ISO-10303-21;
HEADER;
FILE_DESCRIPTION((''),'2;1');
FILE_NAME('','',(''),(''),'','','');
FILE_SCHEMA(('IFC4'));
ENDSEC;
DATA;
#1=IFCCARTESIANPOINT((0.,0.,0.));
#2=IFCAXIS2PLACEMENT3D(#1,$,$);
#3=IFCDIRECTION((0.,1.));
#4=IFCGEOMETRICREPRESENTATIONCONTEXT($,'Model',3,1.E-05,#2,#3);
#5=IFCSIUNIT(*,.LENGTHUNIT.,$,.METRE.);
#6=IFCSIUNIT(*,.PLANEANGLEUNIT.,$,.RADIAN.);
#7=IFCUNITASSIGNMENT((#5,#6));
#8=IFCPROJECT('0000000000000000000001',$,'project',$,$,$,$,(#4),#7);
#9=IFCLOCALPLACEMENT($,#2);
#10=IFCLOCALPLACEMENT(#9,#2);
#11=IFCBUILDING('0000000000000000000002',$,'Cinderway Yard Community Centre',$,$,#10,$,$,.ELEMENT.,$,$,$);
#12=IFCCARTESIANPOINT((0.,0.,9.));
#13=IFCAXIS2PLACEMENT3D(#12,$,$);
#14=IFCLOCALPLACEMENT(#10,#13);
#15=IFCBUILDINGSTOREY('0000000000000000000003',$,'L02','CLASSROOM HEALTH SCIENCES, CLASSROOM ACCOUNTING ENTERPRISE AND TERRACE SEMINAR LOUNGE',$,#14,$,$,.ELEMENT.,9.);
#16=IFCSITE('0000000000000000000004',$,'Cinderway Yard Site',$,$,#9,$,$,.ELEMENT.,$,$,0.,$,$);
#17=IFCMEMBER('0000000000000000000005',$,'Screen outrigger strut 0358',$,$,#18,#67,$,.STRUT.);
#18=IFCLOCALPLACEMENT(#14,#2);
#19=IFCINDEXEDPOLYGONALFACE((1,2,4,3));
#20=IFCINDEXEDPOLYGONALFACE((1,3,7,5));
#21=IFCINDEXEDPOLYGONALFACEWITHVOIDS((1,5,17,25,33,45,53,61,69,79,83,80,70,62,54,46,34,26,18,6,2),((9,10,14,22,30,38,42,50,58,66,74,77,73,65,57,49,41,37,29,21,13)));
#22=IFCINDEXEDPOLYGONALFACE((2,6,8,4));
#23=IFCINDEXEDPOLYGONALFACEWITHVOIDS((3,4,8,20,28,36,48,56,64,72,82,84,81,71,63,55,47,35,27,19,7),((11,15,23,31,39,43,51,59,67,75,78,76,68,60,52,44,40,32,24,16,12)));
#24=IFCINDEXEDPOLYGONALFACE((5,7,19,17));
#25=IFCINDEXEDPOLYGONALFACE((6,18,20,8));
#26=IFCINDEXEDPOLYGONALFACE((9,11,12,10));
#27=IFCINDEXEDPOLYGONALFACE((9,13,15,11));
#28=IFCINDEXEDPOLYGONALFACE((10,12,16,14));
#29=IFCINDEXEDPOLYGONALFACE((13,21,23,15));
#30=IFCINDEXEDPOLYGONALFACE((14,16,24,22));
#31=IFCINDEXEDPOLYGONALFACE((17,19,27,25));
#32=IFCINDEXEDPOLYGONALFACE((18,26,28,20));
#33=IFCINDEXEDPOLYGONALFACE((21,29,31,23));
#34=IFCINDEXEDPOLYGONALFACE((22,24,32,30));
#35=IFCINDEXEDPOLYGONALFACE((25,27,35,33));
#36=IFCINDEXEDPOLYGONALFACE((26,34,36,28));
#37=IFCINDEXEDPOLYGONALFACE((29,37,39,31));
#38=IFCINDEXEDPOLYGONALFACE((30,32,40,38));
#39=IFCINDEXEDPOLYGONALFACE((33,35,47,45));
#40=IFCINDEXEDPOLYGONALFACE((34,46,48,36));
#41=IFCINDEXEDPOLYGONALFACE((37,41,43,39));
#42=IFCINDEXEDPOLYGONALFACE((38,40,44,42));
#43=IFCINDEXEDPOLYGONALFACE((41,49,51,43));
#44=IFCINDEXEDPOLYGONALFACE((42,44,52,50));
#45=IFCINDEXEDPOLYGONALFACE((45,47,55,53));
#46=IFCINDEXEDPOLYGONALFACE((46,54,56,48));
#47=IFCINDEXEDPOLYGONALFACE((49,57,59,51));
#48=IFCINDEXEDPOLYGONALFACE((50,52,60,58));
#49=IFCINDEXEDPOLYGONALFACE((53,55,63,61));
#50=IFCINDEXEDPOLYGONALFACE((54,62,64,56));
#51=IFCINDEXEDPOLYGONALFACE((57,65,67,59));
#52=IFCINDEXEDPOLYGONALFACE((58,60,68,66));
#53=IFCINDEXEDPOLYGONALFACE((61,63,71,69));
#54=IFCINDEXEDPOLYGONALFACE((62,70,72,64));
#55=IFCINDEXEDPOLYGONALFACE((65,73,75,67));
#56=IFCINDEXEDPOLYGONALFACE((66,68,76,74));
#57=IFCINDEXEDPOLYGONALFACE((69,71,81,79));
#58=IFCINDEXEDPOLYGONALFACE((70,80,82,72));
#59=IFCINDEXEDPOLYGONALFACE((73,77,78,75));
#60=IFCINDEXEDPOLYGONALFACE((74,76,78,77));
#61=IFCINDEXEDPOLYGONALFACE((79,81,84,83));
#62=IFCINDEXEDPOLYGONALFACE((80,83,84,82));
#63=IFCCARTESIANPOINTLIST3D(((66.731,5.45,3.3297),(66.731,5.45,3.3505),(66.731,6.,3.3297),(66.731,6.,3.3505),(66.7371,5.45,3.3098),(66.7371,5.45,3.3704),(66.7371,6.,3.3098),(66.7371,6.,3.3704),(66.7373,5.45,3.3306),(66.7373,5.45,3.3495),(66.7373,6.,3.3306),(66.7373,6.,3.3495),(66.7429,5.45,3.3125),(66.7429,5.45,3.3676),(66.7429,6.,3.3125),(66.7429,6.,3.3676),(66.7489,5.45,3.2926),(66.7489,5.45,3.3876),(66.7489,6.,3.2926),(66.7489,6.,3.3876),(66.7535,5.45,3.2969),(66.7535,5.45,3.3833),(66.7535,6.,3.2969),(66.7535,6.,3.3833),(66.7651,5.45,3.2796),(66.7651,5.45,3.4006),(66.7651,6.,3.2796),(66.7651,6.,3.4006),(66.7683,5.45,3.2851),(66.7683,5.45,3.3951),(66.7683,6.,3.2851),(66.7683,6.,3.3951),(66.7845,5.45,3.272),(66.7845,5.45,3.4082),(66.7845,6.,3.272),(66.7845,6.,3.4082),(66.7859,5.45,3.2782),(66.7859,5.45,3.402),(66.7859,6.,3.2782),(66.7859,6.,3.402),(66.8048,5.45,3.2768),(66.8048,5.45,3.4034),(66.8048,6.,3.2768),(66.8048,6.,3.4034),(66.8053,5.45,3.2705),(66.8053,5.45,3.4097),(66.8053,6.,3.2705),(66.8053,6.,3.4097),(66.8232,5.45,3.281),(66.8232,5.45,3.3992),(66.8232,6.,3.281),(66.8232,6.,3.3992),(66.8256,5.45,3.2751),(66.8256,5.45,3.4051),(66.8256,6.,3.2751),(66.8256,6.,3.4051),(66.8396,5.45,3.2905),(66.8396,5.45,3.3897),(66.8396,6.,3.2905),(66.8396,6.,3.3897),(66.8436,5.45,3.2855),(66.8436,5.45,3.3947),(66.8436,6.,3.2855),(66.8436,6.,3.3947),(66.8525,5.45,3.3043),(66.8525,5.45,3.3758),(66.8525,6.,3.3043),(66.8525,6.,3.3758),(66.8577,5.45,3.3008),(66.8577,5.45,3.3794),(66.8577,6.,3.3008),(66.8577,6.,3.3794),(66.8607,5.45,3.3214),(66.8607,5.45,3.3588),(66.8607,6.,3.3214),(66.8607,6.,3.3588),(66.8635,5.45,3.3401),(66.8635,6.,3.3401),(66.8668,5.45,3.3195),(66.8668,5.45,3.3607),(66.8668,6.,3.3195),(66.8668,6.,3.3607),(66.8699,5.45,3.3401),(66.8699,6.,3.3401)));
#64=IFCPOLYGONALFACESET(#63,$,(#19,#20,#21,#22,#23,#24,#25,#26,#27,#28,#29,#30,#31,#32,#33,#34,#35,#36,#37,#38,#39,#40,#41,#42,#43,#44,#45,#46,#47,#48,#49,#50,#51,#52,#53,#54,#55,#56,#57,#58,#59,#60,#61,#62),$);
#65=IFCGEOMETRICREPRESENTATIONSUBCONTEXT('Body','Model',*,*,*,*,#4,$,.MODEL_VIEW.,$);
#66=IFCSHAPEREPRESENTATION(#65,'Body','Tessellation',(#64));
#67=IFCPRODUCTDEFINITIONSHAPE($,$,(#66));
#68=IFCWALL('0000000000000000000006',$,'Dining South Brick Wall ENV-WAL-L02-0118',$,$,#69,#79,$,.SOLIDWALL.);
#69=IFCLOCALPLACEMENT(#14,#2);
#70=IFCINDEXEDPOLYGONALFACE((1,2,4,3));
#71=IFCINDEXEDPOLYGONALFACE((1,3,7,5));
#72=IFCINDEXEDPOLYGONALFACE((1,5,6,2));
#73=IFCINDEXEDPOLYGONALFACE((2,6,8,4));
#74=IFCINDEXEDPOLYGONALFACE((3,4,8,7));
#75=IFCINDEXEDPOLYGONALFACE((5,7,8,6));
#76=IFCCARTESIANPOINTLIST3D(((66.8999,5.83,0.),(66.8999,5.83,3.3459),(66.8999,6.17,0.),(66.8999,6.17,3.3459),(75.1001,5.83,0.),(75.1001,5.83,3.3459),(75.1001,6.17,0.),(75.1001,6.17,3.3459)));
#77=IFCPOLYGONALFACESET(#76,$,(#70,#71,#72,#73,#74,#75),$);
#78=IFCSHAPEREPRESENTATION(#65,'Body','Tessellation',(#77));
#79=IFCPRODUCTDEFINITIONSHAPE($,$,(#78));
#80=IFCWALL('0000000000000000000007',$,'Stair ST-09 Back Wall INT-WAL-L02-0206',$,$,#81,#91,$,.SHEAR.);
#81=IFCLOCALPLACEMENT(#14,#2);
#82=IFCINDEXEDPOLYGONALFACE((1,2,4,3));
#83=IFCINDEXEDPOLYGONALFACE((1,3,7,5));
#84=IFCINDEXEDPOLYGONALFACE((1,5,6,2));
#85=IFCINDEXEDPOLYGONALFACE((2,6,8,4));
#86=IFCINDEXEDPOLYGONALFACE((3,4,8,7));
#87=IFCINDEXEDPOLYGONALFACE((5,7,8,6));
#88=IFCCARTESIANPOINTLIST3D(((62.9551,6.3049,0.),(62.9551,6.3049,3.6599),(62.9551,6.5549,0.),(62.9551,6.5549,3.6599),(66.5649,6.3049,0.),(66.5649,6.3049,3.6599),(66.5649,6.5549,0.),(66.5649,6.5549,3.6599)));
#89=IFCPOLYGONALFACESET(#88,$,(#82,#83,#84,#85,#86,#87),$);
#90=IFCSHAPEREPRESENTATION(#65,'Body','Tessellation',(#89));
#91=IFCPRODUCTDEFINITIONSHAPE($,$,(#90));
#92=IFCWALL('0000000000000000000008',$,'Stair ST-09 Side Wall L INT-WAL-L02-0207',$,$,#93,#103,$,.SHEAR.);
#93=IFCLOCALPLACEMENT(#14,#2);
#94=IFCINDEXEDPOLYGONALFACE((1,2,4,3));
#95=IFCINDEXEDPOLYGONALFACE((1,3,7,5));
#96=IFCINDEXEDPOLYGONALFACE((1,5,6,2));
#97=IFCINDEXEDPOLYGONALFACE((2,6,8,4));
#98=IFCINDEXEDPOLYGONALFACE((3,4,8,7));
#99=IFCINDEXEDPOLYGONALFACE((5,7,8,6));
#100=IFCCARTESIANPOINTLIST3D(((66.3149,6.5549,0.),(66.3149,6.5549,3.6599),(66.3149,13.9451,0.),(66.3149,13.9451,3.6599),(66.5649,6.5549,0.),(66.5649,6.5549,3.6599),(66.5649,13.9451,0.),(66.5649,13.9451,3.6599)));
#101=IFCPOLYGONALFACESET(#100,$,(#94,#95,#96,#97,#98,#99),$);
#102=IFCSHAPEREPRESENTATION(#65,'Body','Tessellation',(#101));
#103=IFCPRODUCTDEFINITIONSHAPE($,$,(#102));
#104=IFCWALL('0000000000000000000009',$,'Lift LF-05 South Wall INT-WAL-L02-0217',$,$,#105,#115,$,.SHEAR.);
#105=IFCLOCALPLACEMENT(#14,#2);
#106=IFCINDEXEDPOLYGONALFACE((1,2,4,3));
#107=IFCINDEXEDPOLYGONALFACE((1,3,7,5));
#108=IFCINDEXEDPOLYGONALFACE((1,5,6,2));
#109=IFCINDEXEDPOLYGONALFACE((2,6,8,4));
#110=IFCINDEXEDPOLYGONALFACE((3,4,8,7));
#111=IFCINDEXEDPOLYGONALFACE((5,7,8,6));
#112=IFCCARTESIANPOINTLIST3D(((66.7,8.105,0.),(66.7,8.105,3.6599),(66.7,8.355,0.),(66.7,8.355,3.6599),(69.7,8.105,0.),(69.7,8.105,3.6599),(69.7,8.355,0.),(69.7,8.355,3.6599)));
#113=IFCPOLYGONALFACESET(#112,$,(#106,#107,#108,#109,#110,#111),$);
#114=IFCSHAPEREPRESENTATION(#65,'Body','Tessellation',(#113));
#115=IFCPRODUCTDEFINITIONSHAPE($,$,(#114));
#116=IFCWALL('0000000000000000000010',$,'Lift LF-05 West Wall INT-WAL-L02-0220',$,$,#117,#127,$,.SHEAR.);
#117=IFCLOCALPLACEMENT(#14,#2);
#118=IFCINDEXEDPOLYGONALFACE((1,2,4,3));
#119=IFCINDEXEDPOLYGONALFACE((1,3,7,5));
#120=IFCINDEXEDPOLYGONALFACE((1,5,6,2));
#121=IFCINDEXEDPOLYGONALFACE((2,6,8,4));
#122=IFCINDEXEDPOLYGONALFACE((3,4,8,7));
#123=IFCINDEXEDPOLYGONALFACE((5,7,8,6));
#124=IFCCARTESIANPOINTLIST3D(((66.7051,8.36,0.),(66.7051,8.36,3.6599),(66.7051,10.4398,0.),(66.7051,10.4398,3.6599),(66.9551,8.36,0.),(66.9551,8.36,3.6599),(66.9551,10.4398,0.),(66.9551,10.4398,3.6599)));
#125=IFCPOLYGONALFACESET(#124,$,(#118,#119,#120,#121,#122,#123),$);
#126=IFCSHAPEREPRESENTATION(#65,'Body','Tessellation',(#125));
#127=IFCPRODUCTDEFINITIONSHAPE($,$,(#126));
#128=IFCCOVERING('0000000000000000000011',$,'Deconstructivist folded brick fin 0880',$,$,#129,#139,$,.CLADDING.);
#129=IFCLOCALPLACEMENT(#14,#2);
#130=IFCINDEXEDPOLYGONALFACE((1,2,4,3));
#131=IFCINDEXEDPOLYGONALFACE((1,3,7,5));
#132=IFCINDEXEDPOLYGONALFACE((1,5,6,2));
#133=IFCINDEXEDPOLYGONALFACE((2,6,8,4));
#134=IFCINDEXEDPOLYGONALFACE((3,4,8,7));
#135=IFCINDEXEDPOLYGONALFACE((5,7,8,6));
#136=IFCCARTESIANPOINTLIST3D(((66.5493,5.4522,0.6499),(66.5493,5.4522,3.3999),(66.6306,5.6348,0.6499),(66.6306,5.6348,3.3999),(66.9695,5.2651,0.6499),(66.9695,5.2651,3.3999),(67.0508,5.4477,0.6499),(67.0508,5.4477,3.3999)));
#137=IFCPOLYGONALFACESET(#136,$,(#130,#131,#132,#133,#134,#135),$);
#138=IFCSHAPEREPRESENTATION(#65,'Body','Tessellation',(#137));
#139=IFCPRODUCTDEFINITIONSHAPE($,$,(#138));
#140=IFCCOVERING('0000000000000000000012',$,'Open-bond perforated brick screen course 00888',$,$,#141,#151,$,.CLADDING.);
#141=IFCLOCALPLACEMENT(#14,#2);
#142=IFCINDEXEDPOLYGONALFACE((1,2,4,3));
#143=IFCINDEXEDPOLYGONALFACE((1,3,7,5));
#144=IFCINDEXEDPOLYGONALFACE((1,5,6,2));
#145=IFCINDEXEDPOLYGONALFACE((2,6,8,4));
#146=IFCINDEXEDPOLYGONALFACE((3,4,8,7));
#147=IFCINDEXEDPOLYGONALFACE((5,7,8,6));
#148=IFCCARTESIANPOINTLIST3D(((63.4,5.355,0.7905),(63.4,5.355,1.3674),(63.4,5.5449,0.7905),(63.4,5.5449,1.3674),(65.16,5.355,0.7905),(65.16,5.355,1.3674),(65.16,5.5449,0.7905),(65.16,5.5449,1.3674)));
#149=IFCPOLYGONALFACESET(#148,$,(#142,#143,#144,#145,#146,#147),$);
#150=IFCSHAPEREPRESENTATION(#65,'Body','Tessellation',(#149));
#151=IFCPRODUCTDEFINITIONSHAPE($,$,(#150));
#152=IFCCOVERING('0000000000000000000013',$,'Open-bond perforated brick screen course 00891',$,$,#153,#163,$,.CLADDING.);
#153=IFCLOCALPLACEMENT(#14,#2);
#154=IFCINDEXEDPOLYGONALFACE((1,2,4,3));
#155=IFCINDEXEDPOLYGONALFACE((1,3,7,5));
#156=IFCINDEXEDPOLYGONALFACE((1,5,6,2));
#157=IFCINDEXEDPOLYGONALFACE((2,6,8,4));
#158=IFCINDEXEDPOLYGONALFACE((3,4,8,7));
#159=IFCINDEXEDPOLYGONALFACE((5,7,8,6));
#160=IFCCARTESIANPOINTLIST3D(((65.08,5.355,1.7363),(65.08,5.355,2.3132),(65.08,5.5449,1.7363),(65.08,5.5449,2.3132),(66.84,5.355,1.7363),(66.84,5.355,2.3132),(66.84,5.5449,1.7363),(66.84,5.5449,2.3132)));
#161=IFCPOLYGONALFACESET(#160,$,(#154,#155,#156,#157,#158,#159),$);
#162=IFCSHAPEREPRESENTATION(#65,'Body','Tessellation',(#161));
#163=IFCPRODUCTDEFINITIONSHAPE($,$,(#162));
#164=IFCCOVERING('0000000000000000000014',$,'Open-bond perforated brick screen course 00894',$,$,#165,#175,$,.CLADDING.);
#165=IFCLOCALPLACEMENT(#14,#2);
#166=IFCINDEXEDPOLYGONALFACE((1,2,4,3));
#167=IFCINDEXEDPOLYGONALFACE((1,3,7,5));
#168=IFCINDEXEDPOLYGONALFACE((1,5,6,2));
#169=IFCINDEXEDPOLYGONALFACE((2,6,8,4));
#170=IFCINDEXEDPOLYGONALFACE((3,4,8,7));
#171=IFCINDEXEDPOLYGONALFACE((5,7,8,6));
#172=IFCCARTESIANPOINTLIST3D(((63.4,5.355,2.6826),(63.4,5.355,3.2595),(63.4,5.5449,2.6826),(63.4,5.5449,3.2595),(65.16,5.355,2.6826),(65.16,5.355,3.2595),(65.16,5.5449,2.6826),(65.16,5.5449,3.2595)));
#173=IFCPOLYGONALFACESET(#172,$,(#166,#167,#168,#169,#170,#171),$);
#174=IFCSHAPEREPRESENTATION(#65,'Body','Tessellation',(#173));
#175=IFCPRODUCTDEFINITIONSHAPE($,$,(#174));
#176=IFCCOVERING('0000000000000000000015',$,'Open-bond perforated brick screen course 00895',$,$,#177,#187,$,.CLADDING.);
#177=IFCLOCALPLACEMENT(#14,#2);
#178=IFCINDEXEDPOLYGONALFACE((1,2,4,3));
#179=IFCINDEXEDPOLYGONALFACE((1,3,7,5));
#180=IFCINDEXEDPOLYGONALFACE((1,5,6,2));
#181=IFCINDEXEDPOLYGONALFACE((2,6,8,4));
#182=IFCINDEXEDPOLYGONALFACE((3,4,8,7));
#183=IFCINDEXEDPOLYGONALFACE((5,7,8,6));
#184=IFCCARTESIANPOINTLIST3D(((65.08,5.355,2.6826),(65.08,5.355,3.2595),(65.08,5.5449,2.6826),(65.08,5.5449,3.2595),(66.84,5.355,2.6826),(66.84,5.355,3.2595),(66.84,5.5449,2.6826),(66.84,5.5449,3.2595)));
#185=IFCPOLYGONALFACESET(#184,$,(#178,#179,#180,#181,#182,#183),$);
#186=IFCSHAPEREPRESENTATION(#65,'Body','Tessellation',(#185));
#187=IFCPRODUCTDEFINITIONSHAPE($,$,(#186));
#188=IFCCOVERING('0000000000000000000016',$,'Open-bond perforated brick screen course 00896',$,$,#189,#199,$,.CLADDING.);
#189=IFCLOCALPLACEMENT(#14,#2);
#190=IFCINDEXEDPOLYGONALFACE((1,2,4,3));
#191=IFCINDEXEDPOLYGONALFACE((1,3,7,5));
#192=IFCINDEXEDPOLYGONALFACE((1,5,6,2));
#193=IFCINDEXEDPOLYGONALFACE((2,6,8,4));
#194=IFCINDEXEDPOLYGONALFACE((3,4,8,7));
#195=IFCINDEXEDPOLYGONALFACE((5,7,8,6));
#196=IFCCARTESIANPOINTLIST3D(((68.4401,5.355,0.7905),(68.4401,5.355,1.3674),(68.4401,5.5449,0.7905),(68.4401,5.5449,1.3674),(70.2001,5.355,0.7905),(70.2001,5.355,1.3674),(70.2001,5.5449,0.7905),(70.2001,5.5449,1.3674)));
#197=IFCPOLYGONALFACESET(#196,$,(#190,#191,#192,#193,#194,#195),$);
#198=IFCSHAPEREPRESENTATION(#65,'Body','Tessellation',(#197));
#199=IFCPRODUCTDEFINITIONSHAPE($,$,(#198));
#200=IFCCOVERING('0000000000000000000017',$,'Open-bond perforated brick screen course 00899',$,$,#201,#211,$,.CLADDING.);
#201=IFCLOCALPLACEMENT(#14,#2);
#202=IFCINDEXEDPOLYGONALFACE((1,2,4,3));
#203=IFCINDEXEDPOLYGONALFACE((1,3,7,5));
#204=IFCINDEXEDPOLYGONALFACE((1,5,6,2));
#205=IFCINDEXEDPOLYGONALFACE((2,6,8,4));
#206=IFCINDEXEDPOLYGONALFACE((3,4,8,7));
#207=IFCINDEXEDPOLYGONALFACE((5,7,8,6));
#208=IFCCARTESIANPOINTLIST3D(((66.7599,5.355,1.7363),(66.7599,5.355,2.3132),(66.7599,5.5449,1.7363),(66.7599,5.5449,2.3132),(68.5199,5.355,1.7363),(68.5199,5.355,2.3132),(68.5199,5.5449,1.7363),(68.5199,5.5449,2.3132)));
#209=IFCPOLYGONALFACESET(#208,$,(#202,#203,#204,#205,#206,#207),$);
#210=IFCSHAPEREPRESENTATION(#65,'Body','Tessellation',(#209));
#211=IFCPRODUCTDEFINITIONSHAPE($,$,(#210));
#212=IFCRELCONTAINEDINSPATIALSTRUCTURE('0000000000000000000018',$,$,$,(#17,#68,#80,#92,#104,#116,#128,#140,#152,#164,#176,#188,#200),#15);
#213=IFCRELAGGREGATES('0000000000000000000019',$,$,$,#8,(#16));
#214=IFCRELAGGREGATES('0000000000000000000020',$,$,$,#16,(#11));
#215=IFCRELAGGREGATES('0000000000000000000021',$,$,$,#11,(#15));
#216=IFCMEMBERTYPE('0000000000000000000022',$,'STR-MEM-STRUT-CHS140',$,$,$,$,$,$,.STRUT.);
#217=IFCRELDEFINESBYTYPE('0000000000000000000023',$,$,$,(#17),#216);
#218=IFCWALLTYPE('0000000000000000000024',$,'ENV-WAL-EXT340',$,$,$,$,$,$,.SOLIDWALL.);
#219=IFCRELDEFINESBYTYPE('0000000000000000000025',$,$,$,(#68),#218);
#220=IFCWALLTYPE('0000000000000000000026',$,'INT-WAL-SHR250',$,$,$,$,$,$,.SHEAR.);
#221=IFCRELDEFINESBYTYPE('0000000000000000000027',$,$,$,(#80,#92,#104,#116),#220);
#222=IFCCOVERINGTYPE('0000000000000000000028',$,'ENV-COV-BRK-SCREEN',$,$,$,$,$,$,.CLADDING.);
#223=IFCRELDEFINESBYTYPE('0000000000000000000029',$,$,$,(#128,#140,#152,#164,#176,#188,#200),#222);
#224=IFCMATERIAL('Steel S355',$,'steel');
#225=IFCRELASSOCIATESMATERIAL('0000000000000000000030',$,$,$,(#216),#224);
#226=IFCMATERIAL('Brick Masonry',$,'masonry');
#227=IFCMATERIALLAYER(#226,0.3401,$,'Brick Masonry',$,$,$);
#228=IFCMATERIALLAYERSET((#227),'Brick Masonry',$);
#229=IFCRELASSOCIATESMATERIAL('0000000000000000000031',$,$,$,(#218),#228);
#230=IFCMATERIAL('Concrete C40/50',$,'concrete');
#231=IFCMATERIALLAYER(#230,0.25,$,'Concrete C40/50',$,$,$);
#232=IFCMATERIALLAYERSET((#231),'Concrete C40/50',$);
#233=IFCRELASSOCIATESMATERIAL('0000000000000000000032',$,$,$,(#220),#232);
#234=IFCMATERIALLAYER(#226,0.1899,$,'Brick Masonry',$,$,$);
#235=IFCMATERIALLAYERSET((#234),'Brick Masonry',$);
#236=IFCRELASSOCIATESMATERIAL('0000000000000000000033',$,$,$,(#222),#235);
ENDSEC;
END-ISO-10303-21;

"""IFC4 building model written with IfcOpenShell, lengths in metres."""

from ifc_helpers import new_model, si_unit, direction, frame, frame_2d, origin, origin_2d, place, context, subcontext, project, spatial, rectangle, hollow_circle, extrude, material, layer, layer_set, material_profile, profile_set, type_object, element, save


model = new_model("IFC4")

# Units and contexts
model_context = context("Model", 3, precision=1e-05, world=origin(), true_north=direction((0.0, 1.0)))
body_context = subcontext(model_context, "Body", "Model", "MODEL_VIEW")
ifc_project = project(units=[si_unit("LENGTHUNIT", "METRE"), si_unit("PLANEANGLEUNIT", "RADIAN")], contexts=[model_context])

# Site, building, storey
site_placement = place(None, origin())
site = spatial("IfcSite", under=ifc_project, at=site_placement, Name="Cinderway Yard Site", CompositionType="ELEMENT", RefElevation=0.0)
building_placement = place(site_placement, origin())
building = spatial("IfcBuilding", under=site, at=building_placement, Name="Cinderway Yard Community Centre", CompositionType="ELEMENT")
storey_placement = place(building_placement, frame((0.0, 0.0, 9.0)))
storey = spatial("IfcBuildingStorey", under=building, at=storey_placement, Name="L02", Description="CLASSROOM HEALTH SCIENCES, CLASSROOM ACCOUNTING ENTERPRISE AND TERRACE SEMINAR LOUNGE", CompositionType="ELEMENT", Elevation=9.0)

# Shared definitions
ifc_material_1 = material(Name="Concrete C40/50", Category="concrete")

# Shared definitions
ifc_material_2 = material(Name="Steel S355", Category="steel")

# Member
ifc_material_profile_1 = material_profile(ifc_material_2, hollow_circle(Radius=0.0698, WallThickness=0.0063, at=origin_2d()), Name="Steel S355")
ifc_profile_set_1 = profile_set([ifc_material_profile_1], Name="Steel S355")
member_type_1 = type_object("IfcMemberType", Name="STR-MEM-STRUT-CHS140", PredefinedType="STRUT", material=ifc_profile_set_1)
for number, where, z_axis, x_axis, name in (
    (1, (66.8, 6.0, 3.3401), (0.0, -1.0, 0.0), (1.0, 0.0, 0.0), "Screen outrigger strut 0358"),
):
    element("IfcMember", number, at=place(storey_placement, frame(where, z_axis=z_axis, x_axis=x_axis)), inside=storey, type_object=member_type_1, Name=name, PredefinedType="STRUT", context=body_context, shape_type="SweptSolid", body=[
        extrude(hollow_circle(Radius=0.0698, WallThickness=0.0063, at=origin_2d()), origin(), (0.0, 0.0, 1.0), 0.55),
    ])

# Walls
ifc_material_3 = material(Name="Brick Masonry", Category="masonry")
ifc_layer_1 = layer(ifc_material_3, 0.3401, Name="Brick Masonry")
ifc_layer_set_1 = layer_set([ifc_layer_1], Name="Brick Masonry")
wall_type_1 = type_object("IfcWallType", Name="ENV-WAL-EXT340", PredefinedType="SOLIDWALL", material=ifc_layer_set_1)
wall_1_placement = place(storey_placement, frame((66.8999, 6.0, 0.0), z_axis=(0.0, 0.0, 1.0), x_axis=(1.0, 0.0, 0.0)))
element("IfcWall", 2, at=wall_1_placement, inside=storey, type_object=wall_type_1, Name="Dining South Brick Wall ENV-WAL-L02-0118", PredefinedType="SOLIDWALL", context=body_context, shape_type="SweptSolid", body=[
    extrude(rectangle(XDim=8.2002, YDim=0.3401, at=frame_2d((4.1001, 0.0))), origin(), (0.0, 0.0, 1.0), 3.3459),
])
ifc_layer_2 = layer(ifc_material_1, 0.25, Name="Concrete C40/50")
ifc_layer_set_2 = layer_set([ifc_layer_2], Name="Concrete C40/50")
wall_type_2 = type_object("IfcWallType", Name="INT-WAL-SHR250", PredefinedType="SHEAR", material=ifc_layer_set_2)
wall_2_placement = place(storey_placement, frame((66.5649, 6.4299, 0.0), z_axis=(0.0, 0.0, 1.0), x_axis=(-1.0, 0.0, 0.0)))
element("IfcWall", 3, at=wall_2_placement, inside=storey, type_object=wall_type_2, Name="Stair ST-09 Back Wall INT-WAL-L02-0206", PredefinedType="SHEAR", context=body_context, shape_type="SweptSolid", body=[
    extrude(rectangle(XDim=3.6099, YDim=0.25, at=frame_2d((1.8049, 0.0))), origin(), (0.0, 0.0, 1.0), 3.6599),
])
wall_3_placement = place(storey_placement, frame((66.4399, 13.9451, 0.0), z_axis=(0.0, 0.0, 1.0), x_axis=(0.0, -1.0, 0.0)))
element("IfcWall", 4, at=wall_3_placement, inside=storey, type_object=wall_type_2, Name="Stair ST-09 Side Wall L INT-WAL-L02-0207", PredefinedType="SHEAR", context=body_context, shape_type="SweptSolid", body=[
    extrude(rectangle(XDim=7.3901, YDim=0.25, at=frame_2d((3.6951, 0.0))), origin(), (0.0, 0.0, 1.0), 3.6599),
])
wall_4_placement = place(storey_placement, frame((66.7, 8.23, 0.0), z_axis=(0.0, 0.0, 1.0), x_axis=(1.0, 0.0, 0.0)))
element("IfcWall", 5, at=wall_4_placement, inside=storey, type_object=wall_type_2, Name="Lift LF-05 South Wall INT-WAL-L02-0217", PredefinedType="SHEAR", context=body_context, shape_type="SweptSolid", body=[
    extrude(rectangle(XDim=3.0, YDim=0.25, at=frame_2d((1.5, 0.0))), origin(), (0.0, 0.0, 1.0), 3.6599),
])
wall_5_placement = place(storey_placement, frame((66.8301, 10.4399, 0.0), z_axis=(0.0, 0.0, 1.0), x_axis=(0.0, -1.0, 0.0)))
element("IfcWall", 6, at=wall_5_placement, inside=storey, type_object=wall_type_2, Name="Lift LF-05 West Wall INT-WAL-L02-0220", PredefinedType="SHEAR", context=body_context, shape_type="SweptSolid", body=[
    extrude(rectangle(XDim=2.0798, YDim=0.25, at=frame_2d((1.04, 0.0))), origin(), (0.0, 0.0, 1.0), 3.6599),
])

# Coverings
ifc_layer_3 = layer(ifc_material_3, 0.1899, Name="Brick Masonry")
ifc_layer_set_3 = layer_set([ifc_layer_3], Name="Brick Masonry")
covering_type = type_object("IfcCoveringType", Name="ENV-COV-BRK-SCREEN", PredefinedType="CLADDING", material=ifc_layer_set_3)
covering_placement = place(storey_placement, frame((66.8, 5.45, 0.6499), z_axis=(0.0, 0.0, 1.0), x_axis=(-0.913545, 0.406737, 0.0)))
element("IfcCovering", 7, at=covering_placement, inside=storey, type_object=covering_type, Name="Deconstructivist folded brick fin 0880", PredefinedType="CLADDING", context=body_context, shape_type="SweptSolid", body=[
    extrude(rectangle(XDim=0.46, YDim=0.2, at=origin_2d()), origin(), (0.0, 0.0, 1.0), 2.75),
])
for number, where, z_axis, x_axis, name in (
    (8, (64.28, 5.45, 0.7905), (0.0, 0.0, 1.0), (-1.0, 0.0, 0.0), "Open-bond perforated brick screen course 00888"),
    (9, (65.96, 5.45, 1.7363), (0.0, 0.0, 1.0), (-1.0, 0.0, 0.0), "Open-bond perforated brick screen course 00891"),
    (10, (64.28, 5.45, 2.6826), (0.0, 0.0, 1.0), (-1.0, 0.0, 0.0), "Open-bond perforated brick screen course 00894"),
    (11, (65.96, 5.45, 2.6826), (0.0, 0.0, 1.0), (-1.0, 0.0, 0.0), "Open-bond perforated brick screen course 00895"),
    (12, (69.3201, 5.45, 0.7905), (0.0, 0.0, 1.0), (-1.0, 0.0, 0.0), "Open-bond perforated brick screen course 00896"),
    (13, (67.6399, 5.45, 1.7363), (0.0, 0.0, 1.0), (-1.0, 0.0, 0.0), "Open-bond perforated brick screen course 00899"),
):
    element("IfcCovering", number, at=place(storey_placement, frame(where, z_axis=z_axis, x_axis=x_axis)), inside=storey, type_object=covering_type, Name=name, PredefinedType="CLADDING", context=body_context, shape_type="SweptSolid", body=[
        extrude(rectangle(XDim=1.76, YDim=0.1899, at=origin_2d()), origin(), (0.0, 0.0, 1.0), 0.5769),
    ])

save(model, "model.ifc")
